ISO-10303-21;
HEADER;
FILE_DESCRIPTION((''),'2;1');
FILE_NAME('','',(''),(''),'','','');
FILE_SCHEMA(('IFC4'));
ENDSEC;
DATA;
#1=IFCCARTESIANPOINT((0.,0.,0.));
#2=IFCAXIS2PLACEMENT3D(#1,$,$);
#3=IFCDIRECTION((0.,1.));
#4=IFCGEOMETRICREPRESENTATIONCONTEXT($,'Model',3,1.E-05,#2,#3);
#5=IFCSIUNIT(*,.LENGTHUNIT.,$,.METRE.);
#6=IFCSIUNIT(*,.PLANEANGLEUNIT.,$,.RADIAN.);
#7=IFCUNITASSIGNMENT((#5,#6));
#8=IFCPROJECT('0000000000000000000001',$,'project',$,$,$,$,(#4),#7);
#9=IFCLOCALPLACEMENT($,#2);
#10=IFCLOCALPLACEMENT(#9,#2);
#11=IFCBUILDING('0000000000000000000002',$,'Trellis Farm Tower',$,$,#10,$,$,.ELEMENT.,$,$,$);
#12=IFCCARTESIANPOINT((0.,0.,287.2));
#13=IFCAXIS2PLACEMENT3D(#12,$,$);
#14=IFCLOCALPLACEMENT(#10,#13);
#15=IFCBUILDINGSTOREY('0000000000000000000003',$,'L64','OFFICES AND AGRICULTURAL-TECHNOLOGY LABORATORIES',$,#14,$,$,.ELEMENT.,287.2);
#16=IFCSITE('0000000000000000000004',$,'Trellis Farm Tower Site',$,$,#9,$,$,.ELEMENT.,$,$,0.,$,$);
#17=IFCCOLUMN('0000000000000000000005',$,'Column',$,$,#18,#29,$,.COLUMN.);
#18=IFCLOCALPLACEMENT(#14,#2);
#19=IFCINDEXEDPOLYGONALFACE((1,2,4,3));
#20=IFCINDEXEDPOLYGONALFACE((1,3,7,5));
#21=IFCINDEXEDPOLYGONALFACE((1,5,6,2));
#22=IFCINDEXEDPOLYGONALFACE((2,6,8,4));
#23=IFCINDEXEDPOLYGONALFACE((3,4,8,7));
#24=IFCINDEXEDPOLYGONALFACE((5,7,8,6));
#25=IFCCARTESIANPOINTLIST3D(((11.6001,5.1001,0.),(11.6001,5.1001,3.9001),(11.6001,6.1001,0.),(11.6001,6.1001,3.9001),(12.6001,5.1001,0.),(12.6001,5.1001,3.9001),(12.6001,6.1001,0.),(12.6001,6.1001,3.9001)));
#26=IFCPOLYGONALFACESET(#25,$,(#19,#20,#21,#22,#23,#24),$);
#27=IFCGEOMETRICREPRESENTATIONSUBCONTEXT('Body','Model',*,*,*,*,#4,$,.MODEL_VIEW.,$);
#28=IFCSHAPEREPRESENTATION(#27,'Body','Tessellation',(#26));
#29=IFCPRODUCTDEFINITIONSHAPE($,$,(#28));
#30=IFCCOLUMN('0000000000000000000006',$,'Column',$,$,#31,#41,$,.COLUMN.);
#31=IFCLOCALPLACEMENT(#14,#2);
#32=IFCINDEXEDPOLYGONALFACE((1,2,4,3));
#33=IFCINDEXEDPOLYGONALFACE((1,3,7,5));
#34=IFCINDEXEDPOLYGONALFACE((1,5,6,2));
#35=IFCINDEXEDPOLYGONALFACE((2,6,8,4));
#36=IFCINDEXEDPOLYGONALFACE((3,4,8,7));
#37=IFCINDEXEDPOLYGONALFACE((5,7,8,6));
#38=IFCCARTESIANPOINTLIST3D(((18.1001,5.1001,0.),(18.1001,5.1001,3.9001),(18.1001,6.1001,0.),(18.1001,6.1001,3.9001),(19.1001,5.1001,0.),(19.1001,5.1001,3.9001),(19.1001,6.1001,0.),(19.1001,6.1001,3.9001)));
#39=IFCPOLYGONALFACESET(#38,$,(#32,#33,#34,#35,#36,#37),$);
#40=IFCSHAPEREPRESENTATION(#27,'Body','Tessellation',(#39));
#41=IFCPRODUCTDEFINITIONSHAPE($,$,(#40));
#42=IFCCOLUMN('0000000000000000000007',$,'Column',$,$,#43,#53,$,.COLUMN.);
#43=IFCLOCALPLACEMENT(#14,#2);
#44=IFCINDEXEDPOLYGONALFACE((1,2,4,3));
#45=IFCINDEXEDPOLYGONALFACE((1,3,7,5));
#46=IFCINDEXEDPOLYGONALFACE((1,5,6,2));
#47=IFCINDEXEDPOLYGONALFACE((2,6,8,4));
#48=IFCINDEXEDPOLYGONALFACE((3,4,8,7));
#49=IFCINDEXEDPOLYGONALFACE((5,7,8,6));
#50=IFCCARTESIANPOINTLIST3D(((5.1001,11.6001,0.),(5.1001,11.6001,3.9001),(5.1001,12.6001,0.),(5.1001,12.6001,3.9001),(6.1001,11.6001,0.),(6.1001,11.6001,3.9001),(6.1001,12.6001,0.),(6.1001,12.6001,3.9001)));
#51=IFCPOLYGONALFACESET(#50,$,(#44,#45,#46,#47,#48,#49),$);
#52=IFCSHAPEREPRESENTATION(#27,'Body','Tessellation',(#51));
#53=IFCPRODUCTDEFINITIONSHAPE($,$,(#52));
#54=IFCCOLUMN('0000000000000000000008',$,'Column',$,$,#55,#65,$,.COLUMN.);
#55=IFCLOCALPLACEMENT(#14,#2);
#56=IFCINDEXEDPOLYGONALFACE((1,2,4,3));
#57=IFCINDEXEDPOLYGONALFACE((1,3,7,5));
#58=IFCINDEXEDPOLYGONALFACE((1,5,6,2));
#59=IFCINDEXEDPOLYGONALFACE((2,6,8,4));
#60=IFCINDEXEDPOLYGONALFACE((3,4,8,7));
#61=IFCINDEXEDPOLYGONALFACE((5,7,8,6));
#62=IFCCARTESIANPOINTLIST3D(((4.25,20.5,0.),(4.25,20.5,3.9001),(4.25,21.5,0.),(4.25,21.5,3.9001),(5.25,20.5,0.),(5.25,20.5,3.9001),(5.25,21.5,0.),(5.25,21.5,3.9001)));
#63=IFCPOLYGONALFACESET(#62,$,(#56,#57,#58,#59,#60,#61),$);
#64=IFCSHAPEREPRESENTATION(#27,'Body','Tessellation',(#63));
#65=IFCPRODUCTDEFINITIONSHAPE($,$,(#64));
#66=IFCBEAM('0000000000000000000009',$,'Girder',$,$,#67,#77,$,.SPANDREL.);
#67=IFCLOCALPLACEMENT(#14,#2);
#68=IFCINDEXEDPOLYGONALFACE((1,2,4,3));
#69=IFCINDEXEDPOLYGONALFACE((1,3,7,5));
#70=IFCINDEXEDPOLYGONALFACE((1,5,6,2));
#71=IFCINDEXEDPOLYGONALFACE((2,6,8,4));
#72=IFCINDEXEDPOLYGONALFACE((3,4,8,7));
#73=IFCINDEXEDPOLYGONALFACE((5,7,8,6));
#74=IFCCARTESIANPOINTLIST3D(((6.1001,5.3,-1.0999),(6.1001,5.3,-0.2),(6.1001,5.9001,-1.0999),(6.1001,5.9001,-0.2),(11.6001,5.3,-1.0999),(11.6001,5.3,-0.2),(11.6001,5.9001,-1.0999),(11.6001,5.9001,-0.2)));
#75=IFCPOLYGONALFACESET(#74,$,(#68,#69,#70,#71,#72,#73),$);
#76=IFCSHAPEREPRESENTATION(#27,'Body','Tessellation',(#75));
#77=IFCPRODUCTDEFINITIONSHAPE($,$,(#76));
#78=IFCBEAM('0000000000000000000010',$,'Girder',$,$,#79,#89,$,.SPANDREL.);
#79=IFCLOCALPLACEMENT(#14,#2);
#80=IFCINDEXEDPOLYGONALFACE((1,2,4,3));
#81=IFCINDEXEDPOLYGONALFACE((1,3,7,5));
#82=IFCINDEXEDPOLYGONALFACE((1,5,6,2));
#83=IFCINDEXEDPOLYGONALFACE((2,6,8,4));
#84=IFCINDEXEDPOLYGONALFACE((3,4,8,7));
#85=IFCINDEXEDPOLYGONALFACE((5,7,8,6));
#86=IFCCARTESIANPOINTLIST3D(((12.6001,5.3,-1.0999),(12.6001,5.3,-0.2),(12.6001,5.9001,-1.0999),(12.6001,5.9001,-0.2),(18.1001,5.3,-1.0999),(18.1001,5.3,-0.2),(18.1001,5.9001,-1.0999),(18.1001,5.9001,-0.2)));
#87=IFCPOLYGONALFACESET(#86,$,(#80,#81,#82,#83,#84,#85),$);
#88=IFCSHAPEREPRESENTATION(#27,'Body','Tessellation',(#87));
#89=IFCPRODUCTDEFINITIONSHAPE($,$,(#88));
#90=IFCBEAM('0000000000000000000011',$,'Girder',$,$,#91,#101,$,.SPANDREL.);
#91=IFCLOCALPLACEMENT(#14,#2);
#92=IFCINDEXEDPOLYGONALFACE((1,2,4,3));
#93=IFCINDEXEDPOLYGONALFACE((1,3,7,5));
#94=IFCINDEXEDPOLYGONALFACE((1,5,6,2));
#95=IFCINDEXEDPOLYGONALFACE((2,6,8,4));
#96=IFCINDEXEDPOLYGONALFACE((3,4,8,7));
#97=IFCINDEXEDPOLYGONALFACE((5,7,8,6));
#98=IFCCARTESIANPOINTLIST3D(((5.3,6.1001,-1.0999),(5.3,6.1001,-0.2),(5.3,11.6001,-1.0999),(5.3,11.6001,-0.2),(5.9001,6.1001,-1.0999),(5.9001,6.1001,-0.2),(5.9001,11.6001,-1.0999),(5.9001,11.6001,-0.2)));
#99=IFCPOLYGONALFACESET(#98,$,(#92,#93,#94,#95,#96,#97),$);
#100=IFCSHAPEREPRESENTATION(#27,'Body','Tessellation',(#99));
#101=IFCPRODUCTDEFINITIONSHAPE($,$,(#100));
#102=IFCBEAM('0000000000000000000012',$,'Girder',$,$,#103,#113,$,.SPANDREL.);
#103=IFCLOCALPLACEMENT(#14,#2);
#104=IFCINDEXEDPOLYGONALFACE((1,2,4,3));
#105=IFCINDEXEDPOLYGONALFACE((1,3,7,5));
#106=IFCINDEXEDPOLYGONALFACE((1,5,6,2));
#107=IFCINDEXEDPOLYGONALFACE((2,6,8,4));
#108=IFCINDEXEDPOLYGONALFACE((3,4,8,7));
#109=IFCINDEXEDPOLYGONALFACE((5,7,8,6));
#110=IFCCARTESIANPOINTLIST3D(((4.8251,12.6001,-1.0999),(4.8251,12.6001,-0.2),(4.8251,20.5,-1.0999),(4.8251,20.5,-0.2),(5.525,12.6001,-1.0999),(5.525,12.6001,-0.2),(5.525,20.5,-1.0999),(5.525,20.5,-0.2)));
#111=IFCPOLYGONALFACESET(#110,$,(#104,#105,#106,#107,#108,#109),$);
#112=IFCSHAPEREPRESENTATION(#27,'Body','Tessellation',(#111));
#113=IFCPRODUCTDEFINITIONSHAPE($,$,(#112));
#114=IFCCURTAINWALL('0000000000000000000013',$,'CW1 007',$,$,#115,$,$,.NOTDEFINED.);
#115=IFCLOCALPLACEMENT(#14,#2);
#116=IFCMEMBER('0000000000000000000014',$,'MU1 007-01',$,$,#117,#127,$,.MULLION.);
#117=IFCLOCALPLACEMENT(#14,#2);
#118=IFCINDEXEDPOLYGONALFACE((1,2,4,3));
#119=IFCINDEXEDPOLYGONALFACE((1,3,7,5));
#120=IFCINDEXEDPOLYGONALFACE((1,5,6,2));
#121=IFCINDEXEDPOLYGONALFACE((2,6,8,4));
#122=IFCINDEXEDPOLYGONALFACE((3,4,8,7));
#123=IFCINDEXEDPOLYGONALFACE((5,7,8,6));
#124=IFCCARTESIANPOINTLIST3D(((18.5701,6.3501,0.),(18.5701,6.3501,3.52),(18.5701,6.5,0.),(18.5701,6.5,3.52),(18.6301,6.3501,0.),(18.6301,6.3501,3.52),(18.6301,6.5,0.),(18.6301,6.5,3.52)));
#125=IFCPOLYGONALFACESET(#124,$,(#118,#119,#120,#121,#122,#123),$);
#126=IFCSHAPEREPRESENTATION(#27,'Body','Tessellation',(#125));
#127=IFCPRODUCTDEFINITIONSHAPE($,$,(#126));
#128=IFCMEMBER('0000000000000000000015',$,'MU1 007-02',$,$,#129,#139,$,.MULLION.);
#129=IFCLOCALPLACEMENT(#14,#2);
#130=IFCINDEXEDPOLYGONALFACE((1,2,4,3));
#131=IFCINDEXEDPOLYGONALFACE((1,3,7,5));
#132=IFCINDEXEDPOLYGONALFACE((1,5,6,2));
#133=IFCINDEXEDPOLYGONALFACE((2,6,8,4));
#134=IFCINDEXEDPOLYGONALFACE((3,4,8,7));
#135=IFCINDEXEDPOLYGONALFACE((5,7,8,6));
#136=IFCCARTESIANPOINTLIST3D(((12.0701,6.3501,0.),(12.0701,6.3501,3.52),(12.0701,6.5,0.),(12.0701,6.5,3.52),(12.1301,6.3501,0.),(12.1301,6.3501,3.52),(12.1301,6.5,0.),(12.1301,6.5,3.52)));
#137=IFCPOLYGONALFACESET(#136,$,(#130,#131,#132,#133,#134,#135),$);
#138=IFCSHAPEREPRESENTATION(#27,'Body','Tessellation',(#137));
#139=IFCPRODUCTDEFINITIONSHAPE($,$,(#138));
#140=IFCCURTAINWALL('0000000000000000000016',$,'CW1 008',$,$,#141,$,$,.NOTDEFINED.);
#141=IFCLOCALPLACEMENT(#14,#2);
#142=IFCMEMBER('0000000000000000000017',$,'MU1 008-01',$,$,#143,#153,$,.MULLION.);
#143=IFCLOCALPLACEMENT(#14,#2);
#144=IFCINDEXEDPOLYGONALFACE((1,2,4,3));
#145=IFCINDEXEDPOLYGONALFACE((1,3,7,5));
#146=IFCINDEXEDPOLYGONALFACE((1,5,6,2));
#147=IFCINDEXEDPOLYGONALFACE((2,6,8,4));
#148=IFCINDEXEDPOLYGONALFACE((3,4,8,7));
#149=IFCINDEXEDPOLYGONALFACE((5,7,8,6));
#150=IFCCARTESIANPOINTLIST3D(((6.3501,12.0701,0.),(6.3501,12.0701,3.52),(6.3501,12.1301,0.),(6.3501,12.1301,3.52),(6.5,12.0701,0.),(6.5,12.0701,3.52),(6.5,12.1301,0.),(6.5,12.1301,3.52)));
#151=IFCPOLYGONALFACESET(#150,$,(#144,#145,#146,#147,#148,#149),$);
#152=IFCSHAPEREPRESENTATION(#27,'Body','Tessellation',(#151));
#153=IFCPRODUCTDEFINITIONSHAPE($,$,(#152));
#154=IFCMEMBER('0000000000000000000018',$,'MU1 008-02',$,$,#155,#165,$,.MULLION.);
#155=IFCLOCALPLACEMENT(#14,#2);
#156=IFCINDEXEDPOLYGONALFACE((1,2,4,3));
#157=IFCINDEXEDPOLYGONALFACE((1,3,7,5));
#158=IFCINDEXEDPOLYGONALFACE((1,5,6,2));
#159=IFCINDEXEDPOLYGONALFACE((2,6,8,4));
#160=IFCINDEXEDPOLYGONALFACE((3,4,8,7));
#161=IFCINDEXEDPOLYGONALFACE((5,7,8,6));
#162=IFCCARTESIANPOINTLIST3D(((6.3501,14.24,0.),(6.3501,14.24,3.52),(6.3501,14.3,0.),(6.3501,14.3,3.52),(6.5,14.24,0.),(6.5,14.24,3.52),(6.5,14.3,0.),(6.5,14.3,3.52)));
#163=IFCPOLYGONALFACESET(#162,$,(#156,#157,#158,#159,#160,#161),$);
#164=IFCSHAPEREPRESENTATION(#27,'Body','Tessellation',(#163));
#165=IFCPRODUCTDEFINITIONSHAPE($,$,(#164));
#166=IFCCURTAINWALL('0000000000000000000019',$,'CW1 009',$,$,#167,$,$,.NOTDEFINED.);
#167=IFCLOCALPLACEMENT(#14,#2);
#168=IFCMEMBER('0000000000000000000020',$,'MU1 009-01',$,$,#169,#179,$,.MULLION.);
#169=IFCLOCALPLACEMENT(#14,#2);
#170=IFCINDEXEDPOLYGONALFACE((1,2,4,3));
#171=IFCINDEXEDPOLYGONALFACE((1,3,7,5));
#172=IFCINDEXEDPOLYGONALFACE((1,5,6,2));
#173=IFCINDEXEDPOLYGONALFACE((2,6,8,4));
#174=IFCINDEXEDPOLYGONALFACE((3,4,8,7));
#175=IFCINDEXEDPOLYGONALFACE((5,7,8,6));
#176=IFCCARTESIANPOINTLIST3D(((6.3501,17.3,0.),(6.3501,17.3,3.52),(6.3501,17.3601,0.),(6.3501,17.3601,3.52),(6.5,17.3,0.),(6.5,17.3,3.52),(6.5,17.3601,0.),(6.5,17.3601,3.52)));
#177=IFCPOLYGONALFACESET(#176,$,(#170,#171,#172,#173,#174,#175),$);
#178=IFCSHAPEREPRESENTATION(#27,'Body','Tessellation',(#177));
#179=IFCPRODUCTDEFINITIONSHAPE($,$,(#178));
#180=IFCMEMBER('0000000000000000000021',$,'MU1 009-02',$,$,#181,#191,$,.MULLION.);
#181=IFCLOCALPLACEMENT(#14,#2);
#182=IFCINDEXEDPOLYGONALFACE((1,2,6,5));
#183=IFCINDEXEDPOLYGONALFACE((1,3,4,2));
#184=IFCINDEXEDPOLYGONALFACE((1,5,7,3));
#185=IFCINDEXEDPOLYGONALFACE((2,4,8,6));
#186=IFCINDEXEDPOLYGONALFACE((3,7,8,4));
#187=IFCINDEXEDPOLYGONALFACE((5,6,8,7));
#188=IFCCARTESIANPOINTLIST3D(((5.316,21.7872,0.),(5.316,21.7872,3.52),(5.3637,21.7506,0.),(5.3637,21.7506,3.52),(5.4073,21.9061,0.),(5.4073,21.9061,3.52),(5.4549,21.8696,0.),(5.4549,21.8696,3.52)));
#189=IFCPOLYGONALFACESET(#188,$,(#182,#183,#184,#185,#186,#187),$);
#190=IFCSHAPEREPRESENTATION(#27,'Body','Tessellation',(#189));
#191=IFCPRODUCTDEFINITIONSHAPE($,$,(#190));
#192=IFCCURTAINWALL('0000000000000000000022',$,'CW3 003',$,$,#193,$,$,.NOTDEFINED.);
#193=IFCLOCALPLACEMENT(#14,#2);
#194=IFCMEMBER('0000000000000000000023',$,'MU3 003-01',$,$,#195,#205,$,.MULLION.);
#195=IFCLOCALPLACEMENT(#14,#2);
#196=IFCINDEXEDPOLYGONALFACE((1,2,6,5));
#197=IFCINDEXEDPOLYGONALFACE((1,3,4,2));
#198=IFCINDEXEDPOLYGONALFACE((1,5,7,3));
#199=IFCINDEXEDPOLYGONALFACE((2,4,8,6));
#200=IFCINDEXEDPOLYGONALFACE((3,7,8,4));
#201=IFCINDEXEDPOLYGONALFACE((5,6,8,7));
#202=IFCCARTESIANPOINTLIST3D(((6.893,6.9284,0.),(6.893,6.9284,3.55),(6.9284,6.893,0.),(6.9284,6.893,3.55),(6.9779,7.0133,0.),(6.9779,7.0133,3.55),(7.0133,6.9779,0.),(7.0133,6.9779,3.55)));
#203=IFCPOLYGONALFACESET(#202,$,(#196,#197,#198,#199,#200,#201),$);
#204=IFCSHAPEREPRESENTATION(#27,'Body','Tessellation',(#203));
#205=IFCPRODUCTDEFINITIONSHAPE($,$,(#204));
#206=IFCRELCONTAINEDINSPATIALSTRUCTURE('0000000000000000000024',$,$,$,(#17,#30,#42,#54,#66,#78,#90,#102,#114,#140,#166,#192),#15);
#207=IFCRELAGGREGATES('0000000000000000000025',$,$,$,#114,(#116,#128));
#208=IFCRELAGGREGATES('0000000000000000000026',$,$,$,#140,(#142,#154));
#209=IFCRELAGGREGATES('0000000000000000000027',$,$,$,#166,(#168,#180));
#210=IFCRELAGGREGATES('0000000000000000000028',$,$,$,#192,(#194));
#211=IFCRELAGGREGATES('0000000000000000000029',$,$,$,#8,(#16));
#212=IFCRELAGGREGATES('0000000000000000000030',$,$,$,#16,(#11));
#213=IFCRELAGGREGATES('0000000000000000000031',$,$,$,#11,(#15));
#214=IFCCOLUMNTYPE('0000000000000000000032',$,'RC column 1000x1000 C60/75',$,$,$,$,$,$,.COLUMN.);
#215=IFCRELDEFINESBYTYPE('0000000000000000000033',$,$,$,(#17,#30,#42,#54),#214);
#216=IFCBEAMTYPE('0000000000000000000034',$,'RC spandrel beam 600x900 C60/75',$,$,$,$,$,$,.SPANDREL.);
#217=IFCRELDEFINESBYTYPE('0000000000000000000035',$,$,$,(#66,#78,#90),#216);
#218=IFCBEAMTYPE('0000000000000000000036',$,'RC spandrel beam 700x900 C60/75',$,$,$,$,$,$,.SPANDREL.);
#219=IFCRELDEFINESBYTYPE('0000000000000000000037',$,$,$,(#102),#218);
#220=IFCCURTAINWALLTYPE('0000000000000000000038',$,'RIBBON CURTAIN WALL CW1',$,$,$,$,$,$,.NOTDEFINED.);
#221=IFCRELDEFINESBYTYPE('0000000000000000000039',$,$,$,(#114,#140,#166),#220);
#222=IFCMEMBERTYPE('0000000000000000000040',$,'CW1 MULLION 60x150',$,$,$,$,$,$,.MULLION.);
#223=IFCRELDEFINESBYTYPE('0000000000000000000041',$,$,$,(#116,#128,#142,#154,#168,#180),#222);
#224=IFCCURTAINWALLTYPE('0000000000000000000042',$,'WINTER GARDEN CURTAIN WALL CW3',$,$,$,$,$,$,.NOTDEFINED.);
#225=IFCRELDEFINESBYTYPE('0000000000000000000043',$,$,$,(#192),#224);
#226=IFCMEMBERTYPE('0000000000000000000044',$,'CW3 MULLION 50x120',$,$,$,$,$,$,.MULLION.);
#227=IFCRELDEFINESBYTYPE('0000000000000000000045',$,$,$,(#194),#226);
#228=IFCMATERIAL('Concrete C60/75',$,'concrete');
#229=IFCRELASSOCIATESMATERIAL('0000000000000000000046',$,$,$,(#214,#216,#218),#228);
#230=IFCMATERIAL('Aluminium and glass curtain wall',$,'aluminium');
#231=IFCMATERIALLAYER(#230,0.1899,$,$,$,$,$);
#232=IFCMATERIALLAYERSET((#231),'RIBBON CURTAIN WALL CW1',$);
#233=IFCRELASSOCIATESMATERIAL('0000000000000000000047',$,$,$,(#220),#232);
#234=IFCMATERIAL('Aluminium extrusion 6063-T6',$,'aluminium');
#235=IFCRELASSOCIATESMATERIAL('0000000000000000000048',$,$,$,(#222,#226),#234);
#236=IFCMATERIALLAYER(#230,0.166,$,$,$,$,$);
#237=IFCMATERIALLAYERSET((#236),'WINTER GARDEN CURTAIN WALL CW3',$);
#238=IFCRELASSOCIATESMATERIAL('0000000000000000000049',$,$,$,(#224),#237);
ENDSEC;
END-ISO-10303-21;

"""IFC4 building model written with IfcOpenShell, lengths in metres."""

from ifc_helpers import new_model, si_unit, direction, frame, origin, origin_2d, place, context, subcontext, project, spatial, rectangle, extrude, source, transform, mapped, material, layer, layer_set, material_profile, profile_set, type_object, element, aggregate, save


model = new_model("IFC4")

# Units and contexts
model_context = context("Model", 3, precision=1e-05, world=origin(), true_north=direction((0.0, 1.0)))
body_context = subcontext(model_context, "Body", "Model", "MODEL_VIEW")
ifc_project = project(units=[si_unit("LENGTHUNIT", "METRE"), si_unit("PLANEANGLEUNIT", "RADIAN")], contexts=[model_context])

# Site, building, storey
site_placement = place(None, origin())
site = spatial("IfcSite", under=ifc_project, at=site_placement, Name="Trellis Farm Tower Site", CompositionType="ELEMENT", RefElevation=0.0)
building_placement = place(site_placement, origin())
building = spatial("IfcBuilding", under=site, at=building_placement, Name="Trellis Farm Tower", CompositionType="ELEMENT")
storey_placement = place(building_placement, frame((0.0, 0.0, 287.2)))
storey = spatial("IfcBuildingStorey", under=building, at=storey_placement, Name="L64", Description="OFFICES AND AGRICULTURAL-TECHNOLOGY LABORATORIES", CompositionType="ELEMENT", Elevation=287.2)

# Columns
ifc_material_1 = material(Name="Concrete C60/75", Category="concrete")
ifc_material_profile_1 = material_profile(ifc_material_1, rectangle(XDim=1.0, YDim=1.0, at=origin_2d()), Name="RC column 1000x1000 C60/75")
ifc_profile_set_1 = profile_set([ifc_material_profile_1], Name="Concrete C60/75")
column_type = type_object("IfcColumnType", Name="RC column 1000x1000 C60/75", PredefinedType="COLUMN", material=ifc_profile_set_1)
shared_shape_1 = source(origin(), body_context, "Body", "SweptSolid", [
    extrude(rectangle(XDim=1.0, YDim=1.0, at=origin_2d()), origin(), (0.0, 0.0, 1.0), 3.9001),
])
for number, where, z_axis, x_axis, name in (
    (1, (12.1001, 5.6001, 0.0), (0.0, 0.0, 1.0), (1.0, 0.0, 0.0), "Column"),
    (2, (18.6001, 5.6001, 0.0), (0.0, 0.0, 1.0), (1.0, 0.0, 0.0), "Column"),
    (3, (5.6001, 12.1001, 0.0), (0.0, 0.0, 1.0), (1.0, 0.0, 0.0), "Column"),
    (4, (4.75, 21.0, 0.0), (0.0, 0.0, 1.0), (1.0, 0.0, 0.0), "Column"),
):
    element("IfcColumn", number, at=place(storey_placement, frame(where, z_axis=z_axis, x_axis=x_axis)), inside=storey, type_object=column_type, Name=name, PredefinedType="COLUMN", context=body_context, shape_type="MappedRepresentation", body=[
        mapped(shared_shape_1, transform((0.0, 0.0, 0.0))),
    ])

# Beams
ifc_material_profile_2 = material_profile(ifc_material_1, rectangle(XDim=0.6001, YDim=0.8999, at=origin_2d()), Name="RC spandrel beam 600x900 C60/75")
ifc_profile_set_2 = profile_set([ifc_material_profile_2], Name="Concrete C60/75")
beam_type_1 = type_object("IfcBeamType", Name="RC spandrel beam 600x900 C60/75", PredefinedType="SPANDREL", material=ifc_profile_set_2)
shared_shape_2 = source(origin(), body_context, "Body", "SweptSolid", [
    extrude(rectangle(XDim=0.6001, YDim=0.8999, at=origin_2d()), origin(), (0.0, 0.0, 1.0), 5.5),
])
for number, where, z_axis, x_axis, name in (
    (5, (6.1001, 5.6001, -0.6499), (1.0, 0.0, 0.0), (0.0, 1.0, 0.0), "Girder"),
    (6, (12.6001, 5.6001, -0.6499), (1.0, 0.0, 0.0), (0.0, 1.0, 0.0), "Girder"),
    (7, (5.6001, 6.1001, -0.6499), (0.0, 1.0, 0.0), (-1.0, 0.0, 0.0), "Girder"),
):
    element("IfcBeam", number, at=place(storey_placement, frame(where, z_axis=z_axis, x_axis=x_axis)), inside=storey, type_object=beam_type_1, Name=name, PredefinedType="SPANDREL", context=body_context, shape_type="MappedRepresentation", body=[
        mapped(shared_shape_2, transform((0.0, 0.0, 0.0))),
    ])
ifc_material_profile_3 = material_profile(ifc_material_1, rectangle(XDim=0.7, YDim=0.8999, at=origin_2d()), Name="RC spandrel beam 700x900 C60/75")
ifc_profile_set_3 = profile_set([ifc_material_profile_3], Name="Concrete C60/75")
beam_type_2 = type_object("IfcBeamType", Name="RC spandrel beam 700x900 C60/75", PredefinedType="SPANDREL", material=ifc_profile_set_3)
shared_shape_3 = source(origin(), body_context, "Body", "SweptSolid", [
    extrude(rectangle(XDim=0.7, YDim=0.8999, at=origin_2d()), origin(), (0.0, 0.0, 1.0), 7.8999),
])
beam_placement = place(storey_placement, frame((5.175, 12.6001, -0.6499), z_axis=(0.0, 1.0, 0.0), x_axis=(-1.0, 0.0, 0.0)))
element("IfcBeam", 8, at=beam_placement, inside=storey, type_object=beam_type_2, Name="Girder", PredefinedType="SPANDREL", context=body_context, shape_type="MappedRepresentation", body=[
    mapped(shared_shape_3, transform((0.0, 0.0, 0.0))),
])

# Curtain walls, members
ifc_material_2 = material(Name="Aluminium and glass curtain wall", Category="aluminium")
ifc_layer_1 = layer(ifc_material_2, 0.1899)
ifc_layer_set_1 = layer_set([ifc_layer_1], Name="RIBBON CURTAIN WALL CW1")
curtain_wall_type_1 = type_object("IfcCurtainWallType", Name="RIBBON CURTAIN WALL CW1", PredefinedType="NOTDEFINED", material=ifc_layer_set_1)
placement = place(storey_placement, origin())
curtain_wall_1 = element("IfcCurtainWall", 9, at=placement, inside=storey, type_object=curtain_wall_type_1, Name="CW1 007", PredefinedType="NOTDEFINED")
ifc_material_3 = material(Name="Aluminium extrusion 6063-T6", Category="aluminium")
ifc_material_profile_4 = material_profile(ifc_material_3, rectangle(XDim=0.0601, YDim=0.1499, at=origin_2d()), Name="MULLION 60x150")
ifc_profile_set_4 = profile_set([ifc_material_profile_4], Name="Aluminium extrusion 6063-T6")
member_type_1 = type_object("IfcMemberType", Name="CW1 MULLION 60x150", PredefinedType="MULLION", material=ifc_profile_set_4)
shared_shape_4 = source(origin(), body_context, "Body", "SweptSolid", [
    extrude(rectangle(XDim=0.0601, YDim=0.1499, at=origin_2d()), origin(), (0.0, 0.0, 1.0), 3.52),
])
member_1_placement = place(storey_placement, frame((18.6001, 6.425, 0.0), z_axis=(0.0, 0.0, 1.0), x_axis=(-1.0, 0.0, 0.0)))
member_1 = element("IfcMember", 10, at=member_1_placement, type_object=member_type_1, Name="MU1 007-01", PredefinedType="MULLION", context=body_context, shape_type="MappedRepresentation", body=[
    mapped(shared_shape_4, transform((0.0, 0.0, 0.0))),
])
member_2_placement = place(storey_placement, frame((12.1001, 6.425, 0.0), z_axis=(0.0, 0.0, 1.0), x_axis=(-1.0, 0.0, 0.0)))
member_2 = element("IfcMember", 11, at=member_2_placement, type_object=member_type_1, Name="MU1 007-02", PredefinedType="MULLION", context=body_context, shape_type="MappedRepresentation", body=[
    mapped(shared_shape_4, transform((0.0, 0.0, 0.0))),
])
aggregate(curtain_wall_1, [member_1, member_2])
curtain_wall_2 = element("IfcCurtainWall", 12, at=placement, inside=storey, type_object=curtain_wall_type_1, Name="CW1 008", PredefinedType="NOTDEFINED")
member_3_placement = place(storey_placement, frame((6.425, 12.1001, 0.0), z_axis=(0.0, 0.0, 1.0), x_axis=(0.0, 1.0, 0.0)))
member_3 = element("IfcMember", 13, at=member_3_placement, type_object=member_type_1, Name="MU1 008-01", PredefinedType="MULLION", context=body_context, shape_type="MappedRepresentation", body=[
    mapped(shared_shape_4, transform((0.0, 0.0, 0.0))),
])
member_4_placement = place(storey_placement, frame((6.425, 14.27, 0.0), z_axis=(0.0, 0.0, 1.0), x_axis=(0.0, 1.0, 0.0)))
member_4 = element("IfcMember", 14, at=member_4_placement, type_object=member_type_1, Name="MU1 008-02", PredefinedType="MULLION", context=body_context, shape_type="MappedRepresentation", body=[
    mapped(shared_shape_4, transform((0.0, 0.0, 0.0))),
])
aggregate(curtain_wall_2, [member_3, member_4])
curtain_wall_3 = element("IfcCurtainWall", 15, at=placement, inside=storey, type_object=curtain_wall_type_1, Name="CW1 009", PredefinedType="NOTDEFINED")
member_5_placement = place(storey_placement, frame((6.425, 17.3301, 0.0), z_axis=(0.0, 0.0, 1.0), x_axis=(0.0, 1.0, 0.0)))
member_5 = element("IfcMember", 16, at=member_5_placement, type_object=member_type_1, Name="MU1 009-01", PredefinedType="MULLION", context=body_context, shape_type="MappedRepresentation", body=[
    mapped(shared_shape_4, transform((0.0, 0.0, 0.0))),
])
member_6_placement = place(storey_placement, frame((5.3855, 21.8284, 0.0), z_axis=(0.0, 0.0, 1.0), x_axis=(-0.793353, 0.608761, 0.0)))
member_6 = element("IfcMember", 17, at=member_6_placement, type_object=member_type_1, Name="MU1 009-02", PredefinedType="MULLION", context=body_context, shape_type="MappedRepresentation", body=[
    mapped(shared_shape_4, transform((0.0, 0.0, 0.0))),
])
aggregate(curtain_wall_3, [member_5, member_6])

# Curtain wall, member
ifc_layer_2 = layer(ifc_material_2, 0.166)
ifc_layer_set_2 = layer_set([ifc_layer_2], Name="WINTER GARDEN CURTAIN WALL CW3")
curtain_wall_type_2 = type_object("IfcCurtainWallType", Name="WINTER GARDEN CURTAIN WALL CW3", PredefinedType="NOTDEFINED", material=ifc_layer_set_2)
curtain_wall_4 = element("IfcCurtainWall", 18, at=placement, inside=storey, type_object=curtain_wall_type_2, Name="CW3 003", PredefinedType="NOTDEFINED")
ifc_material_profile_5 = material_profile(ifc_material_3, rectangle(XDim=0.05, YDim=0.1201, at=origin_2d()), Name="MULLION 50x120")
ifc_profile_set_5 = profile_set([ifc_material_profile_5], Name="Aluminium extrusion 6063-T6")
member_type_2 = type_object("IfcMemberType", Name="CW3 MULLION 50x120", PredefinedType="MULLION", material=ifc_profile_set_5)
shared_shape_5 = source(origin(), body_context, "Body", "SweptSolid", [
    extrude(rectangle(XDim=0.05, YDim=0.1201, at=origin_2d()), origin(), (0.0, 0.0, 1.0), 3.55),
])
member_7_placement = place(storey_placement, frame((6.9531, 6.9531, 0.0), z_axis=(0.0, 0.0, 1.0), x_axis=(-0.707107, 0.707107, 0.0)))
member_7 = element("IfcMember", 19, at=member_7_placement, type_object=member_type_2, Name="MU3 003-01", PredefinedType="MULLION", context=body_context, shape_type="MappedRepresentation", body=[
    mapped(shared_shape_5, transform((0.0, 0.0, 0.0))),
])
aggregate(curtain_wall_4, [member_7])

save(model, "model.ifc")
